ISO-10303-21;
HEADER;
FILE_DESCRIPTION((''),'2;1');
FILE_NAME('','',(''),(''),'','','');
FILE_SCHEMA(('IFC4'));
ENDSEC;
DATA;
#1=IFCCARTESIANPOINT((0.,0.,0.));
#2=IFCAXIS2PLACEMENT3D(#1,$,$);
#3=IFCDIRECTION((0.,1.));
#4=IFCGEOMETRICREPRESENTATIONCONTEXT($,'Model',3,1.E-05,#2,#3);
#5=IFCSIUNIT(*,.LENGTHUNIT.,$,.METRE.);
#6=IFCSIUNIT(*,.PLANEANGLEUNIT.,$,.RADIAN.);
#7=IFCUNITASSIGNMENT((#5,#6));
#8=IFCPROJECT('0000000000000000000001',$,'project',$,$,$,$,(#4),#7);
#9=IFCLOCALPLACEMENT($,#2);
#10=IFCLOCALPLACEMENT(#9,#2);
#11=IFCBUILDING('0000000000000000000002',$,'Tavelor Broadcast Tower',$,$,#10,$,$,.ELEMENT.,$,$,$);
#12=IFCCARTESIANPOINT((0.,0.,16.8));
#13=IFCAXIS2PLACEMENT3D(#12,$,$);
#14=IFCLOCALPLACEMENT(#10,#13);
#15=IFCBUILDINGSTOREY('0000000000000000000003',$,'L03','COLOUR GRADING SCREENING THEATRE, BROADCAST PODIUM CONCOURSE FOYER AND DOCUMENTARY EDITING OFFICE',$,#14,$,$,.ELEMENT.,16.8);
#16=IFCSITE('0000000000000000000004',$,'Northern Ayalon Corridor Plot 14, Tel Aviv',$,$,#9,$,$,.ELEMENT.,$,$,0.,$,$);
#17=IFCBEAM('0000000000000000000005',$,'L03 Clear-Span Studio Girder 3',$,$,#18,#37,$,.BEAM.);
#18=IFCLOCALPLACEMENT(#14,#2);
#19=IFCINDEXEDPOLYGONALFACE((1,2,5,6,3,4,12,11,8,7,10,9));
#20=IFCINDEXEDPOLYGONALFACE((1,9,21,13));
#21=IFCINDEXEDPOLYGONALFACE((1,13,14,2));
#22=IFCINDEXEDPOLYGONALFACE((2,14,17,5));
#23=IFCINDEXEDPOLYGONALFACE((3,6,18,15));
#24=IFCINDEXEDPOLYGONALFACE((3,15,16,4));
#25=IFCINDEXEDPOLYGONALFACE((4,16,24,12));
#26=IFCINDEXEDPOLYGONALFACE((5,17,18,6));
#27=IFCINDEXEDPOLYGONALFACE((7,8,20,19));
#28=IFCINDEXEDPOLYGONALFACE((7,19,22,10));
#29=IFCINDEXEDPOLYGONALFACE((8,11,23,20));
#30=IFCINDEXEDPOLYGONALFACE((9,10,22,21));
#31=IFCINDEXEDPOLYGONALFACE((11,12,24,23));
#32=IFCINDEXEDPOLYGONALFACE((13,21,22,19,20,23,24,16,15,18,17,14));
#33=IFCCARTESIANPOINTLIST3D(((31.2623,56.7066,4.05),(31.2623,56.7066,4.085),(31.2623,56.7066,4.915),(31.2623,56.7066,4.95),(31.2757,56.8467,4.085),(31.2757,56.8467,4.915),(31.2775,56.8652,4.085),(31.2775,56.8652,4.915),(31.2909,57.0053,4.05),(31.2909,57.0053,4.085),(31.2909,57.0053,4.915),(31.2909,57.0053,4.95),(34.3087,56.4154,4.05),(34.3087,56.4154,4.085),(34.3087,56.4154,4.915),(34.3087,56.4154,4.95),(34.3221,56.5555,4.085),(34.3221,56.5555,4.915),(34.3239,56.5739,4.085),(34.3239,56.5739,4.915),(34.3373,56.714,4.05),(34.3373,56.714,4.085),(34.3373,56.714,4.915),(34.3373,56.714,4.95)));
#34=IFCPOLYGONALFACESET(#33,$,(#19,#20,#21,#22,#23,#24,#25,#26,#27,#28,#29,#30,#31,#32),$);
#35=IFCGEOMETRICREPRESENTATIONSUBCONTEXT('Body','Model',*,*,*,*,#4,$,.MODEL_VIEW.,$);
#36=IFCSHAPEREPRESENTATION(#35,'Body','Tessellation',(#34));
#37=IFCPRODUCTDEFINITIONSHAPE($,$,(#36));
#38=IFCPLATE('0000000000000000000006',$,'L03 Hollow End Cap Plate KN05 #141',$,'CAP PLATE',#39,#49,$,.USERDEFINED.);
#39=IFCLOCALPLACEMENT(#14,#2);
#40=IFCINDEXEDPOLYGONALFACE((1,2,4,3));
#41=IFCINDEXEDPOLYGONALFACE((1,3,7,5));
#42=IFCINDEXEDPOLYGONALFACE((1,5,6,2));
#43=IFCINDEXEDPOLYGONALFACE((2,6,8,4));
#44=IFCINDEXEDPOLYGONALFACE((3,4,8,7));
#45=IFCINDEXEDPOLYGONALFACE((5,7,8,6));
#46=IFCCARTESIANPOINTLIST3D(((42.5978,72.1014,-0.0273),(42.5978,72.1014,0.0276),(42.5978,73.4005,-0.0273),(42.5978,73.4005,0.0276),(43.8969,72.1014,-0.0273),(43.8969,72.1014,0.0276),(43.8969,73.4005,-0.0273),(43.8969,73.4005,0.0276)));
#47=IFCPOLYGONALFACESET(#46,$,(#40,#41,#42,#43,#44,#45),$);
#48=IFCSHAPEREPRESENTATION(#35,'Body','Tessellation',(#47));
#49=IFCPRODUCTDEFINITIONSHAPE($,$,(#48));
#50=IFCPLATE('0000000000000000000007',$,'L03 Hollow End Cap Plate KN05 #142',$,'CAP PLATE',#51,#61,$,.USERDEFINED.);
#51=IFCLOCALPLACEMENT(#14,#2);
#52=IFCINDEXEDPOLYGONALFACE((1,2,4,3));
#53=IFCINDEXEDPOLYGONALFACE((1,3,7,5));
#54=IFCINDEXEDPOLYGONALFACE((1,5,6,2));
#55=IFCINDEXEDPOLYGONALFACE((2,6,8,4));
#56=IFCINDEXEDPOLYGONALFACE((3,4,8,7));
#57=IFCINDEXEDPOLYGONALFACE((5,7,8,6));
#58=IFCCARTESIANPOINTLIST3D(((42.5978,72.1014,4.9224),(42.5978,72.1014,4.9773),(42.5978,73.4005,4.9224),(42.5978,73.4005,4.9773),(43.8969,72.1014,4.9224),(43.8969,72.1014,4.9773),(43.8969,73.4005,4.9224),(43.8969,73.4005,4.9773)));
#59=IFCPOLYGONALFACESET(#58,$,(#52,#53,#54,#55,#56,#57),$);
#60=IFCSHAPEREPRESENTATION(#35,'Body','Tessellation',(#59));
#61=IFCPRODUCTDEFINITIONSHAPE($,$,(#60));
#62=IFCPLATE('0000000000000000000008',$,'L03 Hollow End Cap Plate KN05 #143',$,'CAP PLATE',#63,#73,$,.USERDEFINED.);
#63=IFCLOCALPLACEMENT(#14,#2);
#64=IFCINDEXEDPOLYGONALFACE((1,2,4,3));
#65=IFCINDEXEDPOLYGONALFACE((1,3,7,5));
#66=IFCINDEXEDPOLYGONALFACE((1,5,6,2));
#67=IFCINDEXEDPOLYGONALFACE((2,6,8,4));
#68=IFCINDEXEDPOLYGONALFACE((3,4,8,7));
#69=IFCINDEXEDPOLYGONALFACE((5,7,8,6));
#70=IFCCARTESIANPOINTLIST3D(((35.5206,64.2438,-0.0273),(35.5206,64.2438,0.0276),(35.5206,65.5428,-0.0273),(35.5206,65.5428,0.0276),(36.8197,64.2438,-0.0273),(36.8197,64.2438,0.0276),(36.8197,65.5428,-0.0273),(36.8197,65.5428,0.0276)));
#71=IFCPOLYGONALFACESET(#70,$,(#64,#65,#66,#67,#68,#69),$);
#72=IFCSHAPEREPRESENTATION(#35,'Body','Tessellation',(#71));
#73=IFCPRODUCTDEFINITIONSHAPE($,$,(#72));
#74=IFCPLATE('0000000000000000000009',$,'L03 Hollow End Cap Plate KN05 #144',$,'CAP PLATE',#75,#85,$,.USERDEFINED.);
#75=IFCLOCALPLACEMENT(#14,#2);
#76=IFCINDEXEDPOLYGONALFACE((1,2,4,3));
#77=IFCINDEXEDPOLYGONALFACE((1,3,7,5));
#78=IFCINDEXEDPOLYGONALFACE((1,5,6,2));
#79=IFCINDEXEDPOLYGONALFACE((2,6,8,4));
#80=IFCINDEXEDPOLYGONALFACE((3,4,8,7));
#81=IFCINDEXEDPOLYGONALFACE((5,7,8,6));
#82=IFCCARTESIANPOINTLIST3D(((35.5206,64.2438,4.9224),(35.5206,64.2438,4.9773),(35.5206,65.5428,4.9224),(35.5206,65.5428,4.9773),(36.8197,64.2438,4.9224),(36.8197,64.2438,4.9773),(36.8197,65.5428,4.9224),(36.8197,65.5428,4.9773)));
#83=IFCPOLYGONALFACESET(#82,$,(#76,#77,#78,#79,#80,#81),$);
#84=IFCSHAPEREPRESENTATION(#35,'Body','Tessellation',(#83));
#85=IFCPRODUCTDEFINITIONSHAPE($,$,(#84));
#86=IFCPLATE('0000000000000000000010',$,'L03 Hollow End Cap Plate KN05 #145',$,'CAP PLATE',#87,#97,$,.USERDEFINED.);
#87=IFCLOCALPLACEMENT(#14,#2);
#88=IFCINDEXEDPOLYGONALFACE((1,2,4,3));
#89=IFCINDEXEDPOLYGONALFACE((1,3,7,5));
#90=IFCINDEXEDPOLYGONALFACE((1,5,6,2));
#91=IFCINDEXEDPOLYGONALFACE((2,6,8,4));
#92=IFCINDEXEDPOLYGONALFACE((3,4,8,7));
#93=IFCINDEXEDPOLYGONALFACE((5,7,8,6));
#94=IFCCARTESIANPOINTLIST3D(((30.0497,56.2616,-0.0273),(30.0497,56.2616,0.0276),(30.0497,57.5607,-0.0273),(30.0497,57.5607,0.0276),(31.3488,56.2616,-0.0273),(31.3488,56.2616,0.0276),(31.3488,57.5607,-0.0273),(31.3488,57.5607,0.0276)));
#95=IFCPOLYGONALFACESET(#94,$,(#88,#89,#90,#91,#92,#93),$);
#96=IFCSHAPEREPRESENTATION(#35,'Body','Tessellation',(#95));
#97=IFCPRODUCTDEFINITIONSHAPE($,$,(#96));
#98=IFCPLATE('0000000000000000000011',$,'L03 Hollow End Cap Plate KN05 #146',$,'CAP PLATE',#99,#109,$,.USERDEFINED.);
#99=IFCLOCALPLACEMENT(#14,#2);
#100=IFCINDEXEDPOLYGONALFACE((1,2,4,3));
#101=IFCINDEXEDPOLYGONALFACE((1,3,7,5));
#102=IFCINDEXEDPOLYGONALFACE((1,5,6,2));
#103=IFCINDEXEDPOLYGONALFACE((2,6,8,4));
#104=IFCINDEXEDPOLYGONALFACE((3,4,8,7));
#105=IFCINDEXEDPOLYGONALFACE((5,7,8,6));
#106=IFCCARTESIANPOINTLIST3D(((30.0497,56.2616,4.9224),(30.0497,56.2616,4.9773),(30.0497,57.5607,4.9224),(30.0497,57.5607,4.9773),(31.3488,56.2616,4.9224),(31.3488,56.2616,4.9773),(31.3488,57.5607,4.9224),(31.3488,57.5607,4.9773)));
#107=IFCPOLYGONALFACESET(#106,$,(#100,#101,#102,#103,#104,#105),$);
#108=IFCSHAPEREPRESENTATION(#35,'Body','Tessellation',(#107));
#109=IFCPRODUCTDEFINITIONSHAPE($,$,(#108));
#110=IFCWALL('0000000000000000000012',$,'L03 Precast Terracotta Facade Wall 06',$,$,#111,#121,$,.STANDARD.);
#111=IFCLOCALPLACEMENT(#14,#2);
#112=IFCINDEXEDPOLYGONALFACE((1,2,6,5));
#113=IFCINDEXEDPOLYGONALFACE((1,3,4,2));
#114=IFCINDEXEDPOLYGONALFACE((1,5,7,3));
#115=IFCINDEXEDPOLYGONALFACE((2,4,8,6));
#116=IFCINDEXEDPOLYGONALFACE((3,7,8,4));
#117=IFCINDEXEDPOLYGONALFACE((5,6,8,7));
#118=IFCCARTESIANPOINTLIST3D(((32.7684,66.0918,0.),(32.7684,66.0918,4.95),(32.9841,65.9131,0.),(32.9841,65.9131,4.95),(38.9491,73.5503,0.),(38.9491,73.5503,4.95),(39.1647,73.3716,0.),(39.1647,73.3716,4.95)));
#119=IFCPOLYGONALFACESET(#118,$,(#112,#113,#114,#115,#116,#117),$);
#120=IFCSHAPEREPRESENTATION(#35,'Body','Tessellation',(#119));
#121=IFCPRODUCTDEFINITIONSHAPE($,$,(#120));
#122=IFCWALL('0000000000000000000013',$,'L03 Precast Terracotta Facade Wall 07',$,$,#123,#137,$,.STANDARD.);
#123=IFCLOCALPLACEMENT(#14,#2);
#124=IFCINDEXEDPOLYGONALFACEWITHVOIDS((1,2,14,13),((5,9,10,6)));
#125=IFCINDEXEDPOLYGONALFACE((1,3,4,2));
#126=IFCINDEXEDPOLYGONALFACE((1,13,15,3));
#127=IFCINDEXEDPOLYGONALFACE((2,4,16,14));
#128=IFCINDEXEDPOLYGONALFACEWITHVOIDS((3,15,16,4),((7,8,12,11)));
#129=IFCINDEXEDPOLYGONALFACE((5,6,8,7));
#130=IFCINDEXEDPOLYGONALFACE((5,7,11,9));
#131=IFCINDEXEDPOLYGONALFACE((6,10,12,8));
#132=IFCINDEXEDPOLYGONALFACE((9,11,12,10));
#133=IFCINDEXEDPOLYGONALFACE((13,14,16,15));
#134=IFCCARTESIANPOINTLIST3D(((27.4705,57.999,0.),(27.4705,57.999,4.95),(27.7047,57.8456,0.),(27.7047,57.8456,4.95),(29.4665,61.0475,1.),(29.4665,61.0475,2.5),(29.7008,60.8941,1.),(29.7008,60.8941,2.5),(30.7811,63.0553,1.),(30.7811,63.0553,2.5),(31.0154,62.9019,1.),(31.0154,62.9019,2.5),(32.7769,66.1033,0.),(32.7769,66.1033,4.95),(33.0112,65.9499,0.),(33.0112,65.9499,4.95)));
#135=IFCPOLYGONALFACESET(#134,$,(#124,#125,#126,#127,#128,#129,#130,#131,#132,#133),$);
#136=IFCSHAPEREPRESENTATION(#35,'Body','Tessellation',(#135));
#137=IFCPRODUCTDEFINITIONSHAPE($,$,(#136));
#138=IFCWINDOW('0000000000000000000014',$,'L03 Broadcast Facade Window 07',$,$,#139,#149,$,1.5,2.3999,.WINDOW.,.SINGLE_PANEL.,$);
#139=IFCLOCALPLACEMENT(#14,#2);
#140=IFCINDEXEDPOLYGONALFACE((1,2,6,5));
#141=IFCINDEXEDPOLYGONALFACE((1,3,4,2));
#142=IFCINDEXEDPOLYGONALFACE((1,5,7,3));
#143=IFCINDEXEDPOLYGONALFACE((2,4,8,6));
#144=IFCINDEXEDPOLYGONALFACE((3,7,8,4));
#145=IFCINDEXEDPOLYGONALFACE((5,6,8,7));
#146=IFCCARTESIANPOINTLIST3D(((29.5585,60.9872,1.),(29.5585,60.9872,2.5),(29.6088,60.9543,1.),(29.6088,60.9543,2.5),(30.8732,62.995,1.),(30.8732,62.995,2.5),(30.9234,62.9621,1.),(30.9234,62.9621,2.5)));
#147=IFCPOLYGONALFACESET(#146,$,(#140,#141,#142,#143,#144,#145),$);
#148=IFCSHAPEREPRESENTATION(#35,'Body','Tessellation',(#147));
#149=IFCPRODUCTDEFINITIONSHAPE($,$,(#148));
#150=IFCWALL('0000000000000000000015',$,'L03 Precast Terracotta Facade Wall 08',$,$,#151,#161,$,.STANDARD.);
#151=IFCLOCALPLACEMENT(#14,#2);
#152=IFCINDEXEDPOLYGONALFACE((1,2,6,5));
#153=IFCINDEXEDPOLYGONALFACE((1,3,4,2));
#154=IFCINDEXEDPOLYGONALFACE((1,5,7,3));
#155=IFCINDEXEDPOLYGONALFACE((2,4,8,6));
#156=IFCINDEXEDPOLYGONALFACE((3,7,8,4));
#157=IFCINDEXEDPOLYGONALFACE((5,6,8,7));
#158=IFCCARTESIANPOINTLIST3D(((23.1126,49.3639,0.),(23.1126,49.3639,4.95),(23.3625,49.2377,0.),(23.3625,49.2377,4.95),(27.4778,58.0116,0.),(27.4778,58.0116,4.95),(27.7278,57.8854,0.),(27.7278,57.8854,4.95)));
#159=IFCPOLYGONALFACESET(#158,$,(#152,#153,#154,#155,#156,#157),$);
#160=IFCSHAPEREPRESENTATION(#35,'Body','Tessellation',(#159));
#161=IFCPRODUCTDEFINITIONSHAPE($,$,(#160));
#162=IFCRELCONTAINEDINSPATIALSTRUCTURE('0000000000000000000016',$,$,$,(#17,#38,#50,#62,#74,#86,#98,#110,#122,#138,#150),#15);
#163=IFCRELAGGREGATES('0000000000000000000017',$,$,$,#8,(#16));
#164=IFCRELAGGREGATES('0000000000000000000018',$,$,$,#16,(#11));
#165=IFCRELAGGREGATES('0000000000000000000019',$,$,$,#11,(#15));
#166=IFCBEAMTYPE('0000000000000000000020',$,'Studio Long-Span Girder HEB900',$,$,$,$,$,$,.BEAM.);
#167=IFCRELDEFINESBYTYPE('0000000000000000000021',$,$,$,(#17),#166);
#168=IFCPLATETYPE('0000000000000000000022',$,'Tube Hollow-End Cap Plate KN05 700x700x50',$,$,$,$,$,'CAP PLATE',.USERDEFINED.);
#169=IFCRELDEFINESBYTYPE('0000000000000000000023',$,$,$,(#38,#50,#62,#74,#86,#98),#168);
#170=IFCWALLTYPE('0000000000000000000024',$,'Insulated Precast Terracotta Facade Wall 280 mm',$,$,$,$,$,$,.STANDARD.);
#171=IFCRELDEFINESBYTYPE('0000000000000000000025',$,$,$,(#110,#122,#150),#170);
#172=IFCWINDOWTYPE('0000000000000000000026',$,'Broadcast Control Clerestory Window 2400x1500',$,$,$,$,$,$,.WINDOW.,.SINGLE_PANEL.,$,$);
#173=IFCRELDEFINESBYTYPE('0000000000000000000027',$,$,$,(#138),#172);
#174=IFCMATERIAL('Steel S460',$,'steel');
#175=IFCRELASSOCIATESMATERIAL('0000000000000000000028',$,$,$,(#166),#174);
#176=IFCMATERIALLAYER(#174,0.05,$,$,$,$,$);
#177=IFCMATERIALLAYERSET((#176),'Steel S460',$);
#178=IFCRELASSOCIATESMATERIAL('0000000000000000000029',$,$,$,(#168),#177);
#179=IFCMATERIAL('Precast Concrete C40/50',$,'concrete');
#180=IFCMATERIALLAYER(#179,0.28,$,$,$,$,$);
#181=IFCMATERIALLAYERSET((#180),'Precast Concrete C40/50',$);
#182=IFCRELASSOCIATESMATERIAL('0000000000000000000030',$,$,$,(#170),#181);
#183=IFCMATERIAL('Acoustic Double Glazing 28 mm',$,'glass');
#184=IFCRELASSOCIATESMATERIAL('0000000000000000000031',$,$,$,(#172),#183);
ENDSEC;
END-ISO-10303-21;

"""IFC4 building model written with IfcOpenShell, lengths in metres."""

from ifc_helpers import new_model, si_unit, direction, frame, frame_2d, origin, origin_2d, place, context, subcontext, project, spatial, rectangle, i_section, extrude, source, transform, mapped, material, layer, layer_set, material_profile, profile_set, type_object, type_shapes, element, fill, save


model = new_model("IFC4")

# Units and contexts
model_context = context("Model", 3, precision=1e-05, world=origin(), true_north=direction((0.0, 1.0)))
body_context = subcontext(model_context, "Body", "Model", "MODEL_VIEW")
ifc_project = project(units=[si_unit("LENGTHUNIT", "METRE"), si_unit("PLANEANGLEUNIT", "RADIAN")], contexts=[model_context])

# Site, building, storey
site_placement = place(None, origin())
site = spatial("IfcSite", under=ifc_project, at=site_placement, Name="Northern Ayalon Corridor Plot 14, Tel Aviv", CompositionType="ELEMENT", RefElevation=0.0)
building_placement = place(site_placement, origin())
building = spatial("IfcBuilding", under=site, at=building_placement, Name="Tavelor Broadcast Tower", CompositionType="ELEMENT")
storey_placement = place(building_placement, frame((0.0, 0.0, 16.8)))
storey = spatial("IfcBuildingStorey", under=building, at=storey_placement, Name="L03", Description="COLOUR GRADING SCREENING THEATRE, BROADCAST PODIUM CONCOURSE FOYER AND DOCUMENTARY EDITING OFFICE", CompositionType="ELEMENT", Elevation=16.8)

# Shared definitions
ifc_material_1 = material(Name="Steel S460", Category="steel")

# Beam
ifc_material_profile_1 = material_profile(ifc_material_1, i_section(OverallWidth=0.3, OverallDepth=0.8999, WebThickness=0.0186, FlangeThickness=0.0349, at=origin_2d()), Name="HEB 900")
ifc_profile_set_1 = profile_set([ifc_material_profile_1], Name="Steel S460")
beam_type_1 = type_object("IfcBeamType", Name="Studio Long-Span Girder HEB900", PredefinedType="BEAM", material=ifc_profile_set_1)
beam_1_placement = place(storey_placement, frame((34.323, 56.5647, 4.5), z_axis=(-0.995461, 0.095174, 0.0), x_axis=(-0.095174, -0.995461, 0.0)))
element("IfcBeam", 1, at=beam_1_placement, inside=storey, type_object=beam_type_1, Name="L03 Clear-Span Studio Girder 3", PredefinedType="BEAM", context=body_context, shape_type="SweptSolid", body=[
    extrude(i_section(OverallWidth=0.3, OverallDepth=0.8999, WebThickness=0.0186, FlangeThickness=0.0349, at=origin_2d()), origin(), (0.0, 0.0, 1.0), 3.0603),
])

# Plates
ifc_layer_1 = layer(ifc_material_1, 0.05)
ifc_layer_set_1 = layer_set([ifc_layer_1], Name="Steel S460")
plate_type = type_object("IfcPlateType", Name="Tube Hollow-End Cap Plate KN05 700x700x50", ElementType="CAP PLATE", PredefinedType="USERDEFINED", material=ifc_layer_set_1)
shared_shape = source(origin(), body_context, "Body", "SweptSolid", [
    extrude(rectangle(XDim=1.2991, YDim=1.2991, at=origin_2d()), origin(), (0.0, 0.0, 1.0), 0.0549),
])
type_shapes(plate_type, [shared_shape])
for number, where, z_axis, x_axis, name in (
    (2, (43.2473, 72.751, -0.0273), (0.0, 0.0, 1.0), (1.0, 0.0, 0.0), "L03 Hollow End Cap Plate KN05 #141"),
    (3, (43.2473, 72.751, 4.9224), (0.0, 0.0, 1.0), (1.0, 0.0, 0.0), "L03 Hollow End Cap Plate KN05 #142"),
    (4, (36.1702, 64.8933, -0.0273), (0.0, 0.0, 1.0), (1.0, 0.0, 0.0), "L03 Hollow End Cap Plate KN05 #143"),
    (5, (36.1702, 64.8933, 4.9224), (0.0, 0.0, 1.0), (1.0, 0.0, 0.0), "L03 Hollow End Cap Plate KN05 #144"),
    (6, (30.6992, 56.9111, -0.0273), (0.0, 0.0, 1.0), (1.0, 0.0, 0.0), "L03 Hollow End Cap Plate KN05 #145"),
    (7, (30.6992, 56.9111, 4.9224), (0.0, 0.0, 1.0), (1.0, 0.0, 0.0), "L03 Hollow End Cap Plate KN05 #146"),
):
    element("IfcPlate", number, at=place(storey_placement, frame(where, z_axis=z_axis, x_axis=x_axis)), inside=storey, type_object=plate_type, Name=name, ObjectType="CAP PLATE", PredefinedType="USERDEFINED", context=body_context, shape_type="MappedRepresentation", body=[
        mapped(shared_shape, transform((0.0, 0.0, 0.0), scale=1.0)),
    ])

# Wall
ifc_material_2 = material(Name="Precast Concrete C40/50", Category="concrete")
ifc_layer_2 = layer(ifc_material_2, 0.28)
ifc_layer_set_2 = layer_set([ifc_layer_2], Name="Precast Concrete C40/50")
wall_type = type_object("IfcWallType", Name="Insulated Precast Terracotta Facade Wall 280 mm", PredefinedType="STANDARD", material=ifc_layer_set_2)
wall_1_placement = place(storey_placement, frame((39.0569, 73.4609, 0.0), z_axis=(0.0, 0.0, 1.0), x_axis=(-0.638065, -0.769983, 0.0)))
element("IfcWall", 8, at=wall_1_placement, inside=storey, type_object=wall_type, Name="L03 Precast Terracotta Facade Wall 06", PredefinedType="STANDARD", context=body_context, shape_type="SweptSolid", body=[
    extrude(rectangle(XDim=9.6865, YDim=0.28, at=frame_2d((4.8433, 0.0))), origin(), (0.0, 0.0, 1.0), 4.95),
])

# Wall, opening, window
wall_2_placement = place(storey_placement, frame((32.894, 66.0266, 0.0), z_axis=(0.0, 0.0, 1.0), x_axis=(-0.547789, -0.836616, 0.0)))
wall_2 = element("IfcWall", 9, at=wall_2_placement, inside=storey, type_object=wall_type, Name="L03 Precast Terracotta Facade Wall 07", PredefinedType="STANDARD", context=body_context, shape_type="SweptSolid", body=[
    extrude(rectangle(XDim=9.687, YDim=0.28, at=frame_2d((4.8435, 0.0))), origin(), (0.0, 0.0, 1.0), 4.95),
])
opening_placement = place(wall_2_placement, frame((3.6433, 0.0, 1.0)))
opening = element("IfcOpeningElement", 10, at=opening_placement, cuts=wall_2, PredefinedType="OPENING", context=body_context, shape_type="SweptSolid", body=[
    extrude(rectangle(XDim=2.3999, YDim=1.5, at=frame_2d((1.2, 0.75))), frame((0.0, 0.1499, 0.0), z_axis=(0.0, -1.0, 0.0), x_axis=(1.0, 0.0, 0.0)), (0.0, 0.0, 1.0), 0.3),
])
ifc_material_3 = material(Name="Acoustic Double Glazing 28 mm", Category="glass")
window_type = type_object("IfcWindowType", Name="Broadcast Control Clerestory Window 2400x1500", PartitioningType="SINGLE_PANEL", PredefinedType="WINDOW", material=ifc_material_3)
window_placement = place(opening_placement, origin())
window = element("IfcWindow", 11, at=window_placement, inside=storey, type_object=window_type, Name="L03 Broadcast Facade Window 07", OverallHeight=1.5, OverallWidth=2.3999, PartitioningType="SINGLE_PANEL", PredefinedType="WINDOW", context=body_context, shape_type="SweptSolid", body=[
    extrude(rectangle(XDim=2.3999, YDim=1.5, at=frame_2d((1.2, 0.75))), frame((0.0, 0.03, 0.0), z_axis=(0.0, -1.0, 0.0), x_axis=(1.0, 0.0, 0.0)), (0.0, 0.0, 1.0), 0.0601),
])
fill(opening, window)

# Wall
wall_3_placement = place(storey_placement, frame((27.6028, 57.9485, 0.0), z_axis=(0.0, 0.0, 1.0), x_axis=(-0.450628, -0.892712, 0.0)))
element("IfcWall", 12, at=wall_3_placement, inside=storey, type_object=wall_type, Name="L03 Precast Terracotta Facade Wall 08", PredefinedType="STANDARD", context=body_context, shape_type="SweptSolid", body=[
    extrude(rectangle(XDim=9.687, YDim=0.28, at=frame_2d((4.8435, 0.0))), origin(), (0.0, 0.0, 1.0), 4.95),
])

save(model, "model.ifc")
